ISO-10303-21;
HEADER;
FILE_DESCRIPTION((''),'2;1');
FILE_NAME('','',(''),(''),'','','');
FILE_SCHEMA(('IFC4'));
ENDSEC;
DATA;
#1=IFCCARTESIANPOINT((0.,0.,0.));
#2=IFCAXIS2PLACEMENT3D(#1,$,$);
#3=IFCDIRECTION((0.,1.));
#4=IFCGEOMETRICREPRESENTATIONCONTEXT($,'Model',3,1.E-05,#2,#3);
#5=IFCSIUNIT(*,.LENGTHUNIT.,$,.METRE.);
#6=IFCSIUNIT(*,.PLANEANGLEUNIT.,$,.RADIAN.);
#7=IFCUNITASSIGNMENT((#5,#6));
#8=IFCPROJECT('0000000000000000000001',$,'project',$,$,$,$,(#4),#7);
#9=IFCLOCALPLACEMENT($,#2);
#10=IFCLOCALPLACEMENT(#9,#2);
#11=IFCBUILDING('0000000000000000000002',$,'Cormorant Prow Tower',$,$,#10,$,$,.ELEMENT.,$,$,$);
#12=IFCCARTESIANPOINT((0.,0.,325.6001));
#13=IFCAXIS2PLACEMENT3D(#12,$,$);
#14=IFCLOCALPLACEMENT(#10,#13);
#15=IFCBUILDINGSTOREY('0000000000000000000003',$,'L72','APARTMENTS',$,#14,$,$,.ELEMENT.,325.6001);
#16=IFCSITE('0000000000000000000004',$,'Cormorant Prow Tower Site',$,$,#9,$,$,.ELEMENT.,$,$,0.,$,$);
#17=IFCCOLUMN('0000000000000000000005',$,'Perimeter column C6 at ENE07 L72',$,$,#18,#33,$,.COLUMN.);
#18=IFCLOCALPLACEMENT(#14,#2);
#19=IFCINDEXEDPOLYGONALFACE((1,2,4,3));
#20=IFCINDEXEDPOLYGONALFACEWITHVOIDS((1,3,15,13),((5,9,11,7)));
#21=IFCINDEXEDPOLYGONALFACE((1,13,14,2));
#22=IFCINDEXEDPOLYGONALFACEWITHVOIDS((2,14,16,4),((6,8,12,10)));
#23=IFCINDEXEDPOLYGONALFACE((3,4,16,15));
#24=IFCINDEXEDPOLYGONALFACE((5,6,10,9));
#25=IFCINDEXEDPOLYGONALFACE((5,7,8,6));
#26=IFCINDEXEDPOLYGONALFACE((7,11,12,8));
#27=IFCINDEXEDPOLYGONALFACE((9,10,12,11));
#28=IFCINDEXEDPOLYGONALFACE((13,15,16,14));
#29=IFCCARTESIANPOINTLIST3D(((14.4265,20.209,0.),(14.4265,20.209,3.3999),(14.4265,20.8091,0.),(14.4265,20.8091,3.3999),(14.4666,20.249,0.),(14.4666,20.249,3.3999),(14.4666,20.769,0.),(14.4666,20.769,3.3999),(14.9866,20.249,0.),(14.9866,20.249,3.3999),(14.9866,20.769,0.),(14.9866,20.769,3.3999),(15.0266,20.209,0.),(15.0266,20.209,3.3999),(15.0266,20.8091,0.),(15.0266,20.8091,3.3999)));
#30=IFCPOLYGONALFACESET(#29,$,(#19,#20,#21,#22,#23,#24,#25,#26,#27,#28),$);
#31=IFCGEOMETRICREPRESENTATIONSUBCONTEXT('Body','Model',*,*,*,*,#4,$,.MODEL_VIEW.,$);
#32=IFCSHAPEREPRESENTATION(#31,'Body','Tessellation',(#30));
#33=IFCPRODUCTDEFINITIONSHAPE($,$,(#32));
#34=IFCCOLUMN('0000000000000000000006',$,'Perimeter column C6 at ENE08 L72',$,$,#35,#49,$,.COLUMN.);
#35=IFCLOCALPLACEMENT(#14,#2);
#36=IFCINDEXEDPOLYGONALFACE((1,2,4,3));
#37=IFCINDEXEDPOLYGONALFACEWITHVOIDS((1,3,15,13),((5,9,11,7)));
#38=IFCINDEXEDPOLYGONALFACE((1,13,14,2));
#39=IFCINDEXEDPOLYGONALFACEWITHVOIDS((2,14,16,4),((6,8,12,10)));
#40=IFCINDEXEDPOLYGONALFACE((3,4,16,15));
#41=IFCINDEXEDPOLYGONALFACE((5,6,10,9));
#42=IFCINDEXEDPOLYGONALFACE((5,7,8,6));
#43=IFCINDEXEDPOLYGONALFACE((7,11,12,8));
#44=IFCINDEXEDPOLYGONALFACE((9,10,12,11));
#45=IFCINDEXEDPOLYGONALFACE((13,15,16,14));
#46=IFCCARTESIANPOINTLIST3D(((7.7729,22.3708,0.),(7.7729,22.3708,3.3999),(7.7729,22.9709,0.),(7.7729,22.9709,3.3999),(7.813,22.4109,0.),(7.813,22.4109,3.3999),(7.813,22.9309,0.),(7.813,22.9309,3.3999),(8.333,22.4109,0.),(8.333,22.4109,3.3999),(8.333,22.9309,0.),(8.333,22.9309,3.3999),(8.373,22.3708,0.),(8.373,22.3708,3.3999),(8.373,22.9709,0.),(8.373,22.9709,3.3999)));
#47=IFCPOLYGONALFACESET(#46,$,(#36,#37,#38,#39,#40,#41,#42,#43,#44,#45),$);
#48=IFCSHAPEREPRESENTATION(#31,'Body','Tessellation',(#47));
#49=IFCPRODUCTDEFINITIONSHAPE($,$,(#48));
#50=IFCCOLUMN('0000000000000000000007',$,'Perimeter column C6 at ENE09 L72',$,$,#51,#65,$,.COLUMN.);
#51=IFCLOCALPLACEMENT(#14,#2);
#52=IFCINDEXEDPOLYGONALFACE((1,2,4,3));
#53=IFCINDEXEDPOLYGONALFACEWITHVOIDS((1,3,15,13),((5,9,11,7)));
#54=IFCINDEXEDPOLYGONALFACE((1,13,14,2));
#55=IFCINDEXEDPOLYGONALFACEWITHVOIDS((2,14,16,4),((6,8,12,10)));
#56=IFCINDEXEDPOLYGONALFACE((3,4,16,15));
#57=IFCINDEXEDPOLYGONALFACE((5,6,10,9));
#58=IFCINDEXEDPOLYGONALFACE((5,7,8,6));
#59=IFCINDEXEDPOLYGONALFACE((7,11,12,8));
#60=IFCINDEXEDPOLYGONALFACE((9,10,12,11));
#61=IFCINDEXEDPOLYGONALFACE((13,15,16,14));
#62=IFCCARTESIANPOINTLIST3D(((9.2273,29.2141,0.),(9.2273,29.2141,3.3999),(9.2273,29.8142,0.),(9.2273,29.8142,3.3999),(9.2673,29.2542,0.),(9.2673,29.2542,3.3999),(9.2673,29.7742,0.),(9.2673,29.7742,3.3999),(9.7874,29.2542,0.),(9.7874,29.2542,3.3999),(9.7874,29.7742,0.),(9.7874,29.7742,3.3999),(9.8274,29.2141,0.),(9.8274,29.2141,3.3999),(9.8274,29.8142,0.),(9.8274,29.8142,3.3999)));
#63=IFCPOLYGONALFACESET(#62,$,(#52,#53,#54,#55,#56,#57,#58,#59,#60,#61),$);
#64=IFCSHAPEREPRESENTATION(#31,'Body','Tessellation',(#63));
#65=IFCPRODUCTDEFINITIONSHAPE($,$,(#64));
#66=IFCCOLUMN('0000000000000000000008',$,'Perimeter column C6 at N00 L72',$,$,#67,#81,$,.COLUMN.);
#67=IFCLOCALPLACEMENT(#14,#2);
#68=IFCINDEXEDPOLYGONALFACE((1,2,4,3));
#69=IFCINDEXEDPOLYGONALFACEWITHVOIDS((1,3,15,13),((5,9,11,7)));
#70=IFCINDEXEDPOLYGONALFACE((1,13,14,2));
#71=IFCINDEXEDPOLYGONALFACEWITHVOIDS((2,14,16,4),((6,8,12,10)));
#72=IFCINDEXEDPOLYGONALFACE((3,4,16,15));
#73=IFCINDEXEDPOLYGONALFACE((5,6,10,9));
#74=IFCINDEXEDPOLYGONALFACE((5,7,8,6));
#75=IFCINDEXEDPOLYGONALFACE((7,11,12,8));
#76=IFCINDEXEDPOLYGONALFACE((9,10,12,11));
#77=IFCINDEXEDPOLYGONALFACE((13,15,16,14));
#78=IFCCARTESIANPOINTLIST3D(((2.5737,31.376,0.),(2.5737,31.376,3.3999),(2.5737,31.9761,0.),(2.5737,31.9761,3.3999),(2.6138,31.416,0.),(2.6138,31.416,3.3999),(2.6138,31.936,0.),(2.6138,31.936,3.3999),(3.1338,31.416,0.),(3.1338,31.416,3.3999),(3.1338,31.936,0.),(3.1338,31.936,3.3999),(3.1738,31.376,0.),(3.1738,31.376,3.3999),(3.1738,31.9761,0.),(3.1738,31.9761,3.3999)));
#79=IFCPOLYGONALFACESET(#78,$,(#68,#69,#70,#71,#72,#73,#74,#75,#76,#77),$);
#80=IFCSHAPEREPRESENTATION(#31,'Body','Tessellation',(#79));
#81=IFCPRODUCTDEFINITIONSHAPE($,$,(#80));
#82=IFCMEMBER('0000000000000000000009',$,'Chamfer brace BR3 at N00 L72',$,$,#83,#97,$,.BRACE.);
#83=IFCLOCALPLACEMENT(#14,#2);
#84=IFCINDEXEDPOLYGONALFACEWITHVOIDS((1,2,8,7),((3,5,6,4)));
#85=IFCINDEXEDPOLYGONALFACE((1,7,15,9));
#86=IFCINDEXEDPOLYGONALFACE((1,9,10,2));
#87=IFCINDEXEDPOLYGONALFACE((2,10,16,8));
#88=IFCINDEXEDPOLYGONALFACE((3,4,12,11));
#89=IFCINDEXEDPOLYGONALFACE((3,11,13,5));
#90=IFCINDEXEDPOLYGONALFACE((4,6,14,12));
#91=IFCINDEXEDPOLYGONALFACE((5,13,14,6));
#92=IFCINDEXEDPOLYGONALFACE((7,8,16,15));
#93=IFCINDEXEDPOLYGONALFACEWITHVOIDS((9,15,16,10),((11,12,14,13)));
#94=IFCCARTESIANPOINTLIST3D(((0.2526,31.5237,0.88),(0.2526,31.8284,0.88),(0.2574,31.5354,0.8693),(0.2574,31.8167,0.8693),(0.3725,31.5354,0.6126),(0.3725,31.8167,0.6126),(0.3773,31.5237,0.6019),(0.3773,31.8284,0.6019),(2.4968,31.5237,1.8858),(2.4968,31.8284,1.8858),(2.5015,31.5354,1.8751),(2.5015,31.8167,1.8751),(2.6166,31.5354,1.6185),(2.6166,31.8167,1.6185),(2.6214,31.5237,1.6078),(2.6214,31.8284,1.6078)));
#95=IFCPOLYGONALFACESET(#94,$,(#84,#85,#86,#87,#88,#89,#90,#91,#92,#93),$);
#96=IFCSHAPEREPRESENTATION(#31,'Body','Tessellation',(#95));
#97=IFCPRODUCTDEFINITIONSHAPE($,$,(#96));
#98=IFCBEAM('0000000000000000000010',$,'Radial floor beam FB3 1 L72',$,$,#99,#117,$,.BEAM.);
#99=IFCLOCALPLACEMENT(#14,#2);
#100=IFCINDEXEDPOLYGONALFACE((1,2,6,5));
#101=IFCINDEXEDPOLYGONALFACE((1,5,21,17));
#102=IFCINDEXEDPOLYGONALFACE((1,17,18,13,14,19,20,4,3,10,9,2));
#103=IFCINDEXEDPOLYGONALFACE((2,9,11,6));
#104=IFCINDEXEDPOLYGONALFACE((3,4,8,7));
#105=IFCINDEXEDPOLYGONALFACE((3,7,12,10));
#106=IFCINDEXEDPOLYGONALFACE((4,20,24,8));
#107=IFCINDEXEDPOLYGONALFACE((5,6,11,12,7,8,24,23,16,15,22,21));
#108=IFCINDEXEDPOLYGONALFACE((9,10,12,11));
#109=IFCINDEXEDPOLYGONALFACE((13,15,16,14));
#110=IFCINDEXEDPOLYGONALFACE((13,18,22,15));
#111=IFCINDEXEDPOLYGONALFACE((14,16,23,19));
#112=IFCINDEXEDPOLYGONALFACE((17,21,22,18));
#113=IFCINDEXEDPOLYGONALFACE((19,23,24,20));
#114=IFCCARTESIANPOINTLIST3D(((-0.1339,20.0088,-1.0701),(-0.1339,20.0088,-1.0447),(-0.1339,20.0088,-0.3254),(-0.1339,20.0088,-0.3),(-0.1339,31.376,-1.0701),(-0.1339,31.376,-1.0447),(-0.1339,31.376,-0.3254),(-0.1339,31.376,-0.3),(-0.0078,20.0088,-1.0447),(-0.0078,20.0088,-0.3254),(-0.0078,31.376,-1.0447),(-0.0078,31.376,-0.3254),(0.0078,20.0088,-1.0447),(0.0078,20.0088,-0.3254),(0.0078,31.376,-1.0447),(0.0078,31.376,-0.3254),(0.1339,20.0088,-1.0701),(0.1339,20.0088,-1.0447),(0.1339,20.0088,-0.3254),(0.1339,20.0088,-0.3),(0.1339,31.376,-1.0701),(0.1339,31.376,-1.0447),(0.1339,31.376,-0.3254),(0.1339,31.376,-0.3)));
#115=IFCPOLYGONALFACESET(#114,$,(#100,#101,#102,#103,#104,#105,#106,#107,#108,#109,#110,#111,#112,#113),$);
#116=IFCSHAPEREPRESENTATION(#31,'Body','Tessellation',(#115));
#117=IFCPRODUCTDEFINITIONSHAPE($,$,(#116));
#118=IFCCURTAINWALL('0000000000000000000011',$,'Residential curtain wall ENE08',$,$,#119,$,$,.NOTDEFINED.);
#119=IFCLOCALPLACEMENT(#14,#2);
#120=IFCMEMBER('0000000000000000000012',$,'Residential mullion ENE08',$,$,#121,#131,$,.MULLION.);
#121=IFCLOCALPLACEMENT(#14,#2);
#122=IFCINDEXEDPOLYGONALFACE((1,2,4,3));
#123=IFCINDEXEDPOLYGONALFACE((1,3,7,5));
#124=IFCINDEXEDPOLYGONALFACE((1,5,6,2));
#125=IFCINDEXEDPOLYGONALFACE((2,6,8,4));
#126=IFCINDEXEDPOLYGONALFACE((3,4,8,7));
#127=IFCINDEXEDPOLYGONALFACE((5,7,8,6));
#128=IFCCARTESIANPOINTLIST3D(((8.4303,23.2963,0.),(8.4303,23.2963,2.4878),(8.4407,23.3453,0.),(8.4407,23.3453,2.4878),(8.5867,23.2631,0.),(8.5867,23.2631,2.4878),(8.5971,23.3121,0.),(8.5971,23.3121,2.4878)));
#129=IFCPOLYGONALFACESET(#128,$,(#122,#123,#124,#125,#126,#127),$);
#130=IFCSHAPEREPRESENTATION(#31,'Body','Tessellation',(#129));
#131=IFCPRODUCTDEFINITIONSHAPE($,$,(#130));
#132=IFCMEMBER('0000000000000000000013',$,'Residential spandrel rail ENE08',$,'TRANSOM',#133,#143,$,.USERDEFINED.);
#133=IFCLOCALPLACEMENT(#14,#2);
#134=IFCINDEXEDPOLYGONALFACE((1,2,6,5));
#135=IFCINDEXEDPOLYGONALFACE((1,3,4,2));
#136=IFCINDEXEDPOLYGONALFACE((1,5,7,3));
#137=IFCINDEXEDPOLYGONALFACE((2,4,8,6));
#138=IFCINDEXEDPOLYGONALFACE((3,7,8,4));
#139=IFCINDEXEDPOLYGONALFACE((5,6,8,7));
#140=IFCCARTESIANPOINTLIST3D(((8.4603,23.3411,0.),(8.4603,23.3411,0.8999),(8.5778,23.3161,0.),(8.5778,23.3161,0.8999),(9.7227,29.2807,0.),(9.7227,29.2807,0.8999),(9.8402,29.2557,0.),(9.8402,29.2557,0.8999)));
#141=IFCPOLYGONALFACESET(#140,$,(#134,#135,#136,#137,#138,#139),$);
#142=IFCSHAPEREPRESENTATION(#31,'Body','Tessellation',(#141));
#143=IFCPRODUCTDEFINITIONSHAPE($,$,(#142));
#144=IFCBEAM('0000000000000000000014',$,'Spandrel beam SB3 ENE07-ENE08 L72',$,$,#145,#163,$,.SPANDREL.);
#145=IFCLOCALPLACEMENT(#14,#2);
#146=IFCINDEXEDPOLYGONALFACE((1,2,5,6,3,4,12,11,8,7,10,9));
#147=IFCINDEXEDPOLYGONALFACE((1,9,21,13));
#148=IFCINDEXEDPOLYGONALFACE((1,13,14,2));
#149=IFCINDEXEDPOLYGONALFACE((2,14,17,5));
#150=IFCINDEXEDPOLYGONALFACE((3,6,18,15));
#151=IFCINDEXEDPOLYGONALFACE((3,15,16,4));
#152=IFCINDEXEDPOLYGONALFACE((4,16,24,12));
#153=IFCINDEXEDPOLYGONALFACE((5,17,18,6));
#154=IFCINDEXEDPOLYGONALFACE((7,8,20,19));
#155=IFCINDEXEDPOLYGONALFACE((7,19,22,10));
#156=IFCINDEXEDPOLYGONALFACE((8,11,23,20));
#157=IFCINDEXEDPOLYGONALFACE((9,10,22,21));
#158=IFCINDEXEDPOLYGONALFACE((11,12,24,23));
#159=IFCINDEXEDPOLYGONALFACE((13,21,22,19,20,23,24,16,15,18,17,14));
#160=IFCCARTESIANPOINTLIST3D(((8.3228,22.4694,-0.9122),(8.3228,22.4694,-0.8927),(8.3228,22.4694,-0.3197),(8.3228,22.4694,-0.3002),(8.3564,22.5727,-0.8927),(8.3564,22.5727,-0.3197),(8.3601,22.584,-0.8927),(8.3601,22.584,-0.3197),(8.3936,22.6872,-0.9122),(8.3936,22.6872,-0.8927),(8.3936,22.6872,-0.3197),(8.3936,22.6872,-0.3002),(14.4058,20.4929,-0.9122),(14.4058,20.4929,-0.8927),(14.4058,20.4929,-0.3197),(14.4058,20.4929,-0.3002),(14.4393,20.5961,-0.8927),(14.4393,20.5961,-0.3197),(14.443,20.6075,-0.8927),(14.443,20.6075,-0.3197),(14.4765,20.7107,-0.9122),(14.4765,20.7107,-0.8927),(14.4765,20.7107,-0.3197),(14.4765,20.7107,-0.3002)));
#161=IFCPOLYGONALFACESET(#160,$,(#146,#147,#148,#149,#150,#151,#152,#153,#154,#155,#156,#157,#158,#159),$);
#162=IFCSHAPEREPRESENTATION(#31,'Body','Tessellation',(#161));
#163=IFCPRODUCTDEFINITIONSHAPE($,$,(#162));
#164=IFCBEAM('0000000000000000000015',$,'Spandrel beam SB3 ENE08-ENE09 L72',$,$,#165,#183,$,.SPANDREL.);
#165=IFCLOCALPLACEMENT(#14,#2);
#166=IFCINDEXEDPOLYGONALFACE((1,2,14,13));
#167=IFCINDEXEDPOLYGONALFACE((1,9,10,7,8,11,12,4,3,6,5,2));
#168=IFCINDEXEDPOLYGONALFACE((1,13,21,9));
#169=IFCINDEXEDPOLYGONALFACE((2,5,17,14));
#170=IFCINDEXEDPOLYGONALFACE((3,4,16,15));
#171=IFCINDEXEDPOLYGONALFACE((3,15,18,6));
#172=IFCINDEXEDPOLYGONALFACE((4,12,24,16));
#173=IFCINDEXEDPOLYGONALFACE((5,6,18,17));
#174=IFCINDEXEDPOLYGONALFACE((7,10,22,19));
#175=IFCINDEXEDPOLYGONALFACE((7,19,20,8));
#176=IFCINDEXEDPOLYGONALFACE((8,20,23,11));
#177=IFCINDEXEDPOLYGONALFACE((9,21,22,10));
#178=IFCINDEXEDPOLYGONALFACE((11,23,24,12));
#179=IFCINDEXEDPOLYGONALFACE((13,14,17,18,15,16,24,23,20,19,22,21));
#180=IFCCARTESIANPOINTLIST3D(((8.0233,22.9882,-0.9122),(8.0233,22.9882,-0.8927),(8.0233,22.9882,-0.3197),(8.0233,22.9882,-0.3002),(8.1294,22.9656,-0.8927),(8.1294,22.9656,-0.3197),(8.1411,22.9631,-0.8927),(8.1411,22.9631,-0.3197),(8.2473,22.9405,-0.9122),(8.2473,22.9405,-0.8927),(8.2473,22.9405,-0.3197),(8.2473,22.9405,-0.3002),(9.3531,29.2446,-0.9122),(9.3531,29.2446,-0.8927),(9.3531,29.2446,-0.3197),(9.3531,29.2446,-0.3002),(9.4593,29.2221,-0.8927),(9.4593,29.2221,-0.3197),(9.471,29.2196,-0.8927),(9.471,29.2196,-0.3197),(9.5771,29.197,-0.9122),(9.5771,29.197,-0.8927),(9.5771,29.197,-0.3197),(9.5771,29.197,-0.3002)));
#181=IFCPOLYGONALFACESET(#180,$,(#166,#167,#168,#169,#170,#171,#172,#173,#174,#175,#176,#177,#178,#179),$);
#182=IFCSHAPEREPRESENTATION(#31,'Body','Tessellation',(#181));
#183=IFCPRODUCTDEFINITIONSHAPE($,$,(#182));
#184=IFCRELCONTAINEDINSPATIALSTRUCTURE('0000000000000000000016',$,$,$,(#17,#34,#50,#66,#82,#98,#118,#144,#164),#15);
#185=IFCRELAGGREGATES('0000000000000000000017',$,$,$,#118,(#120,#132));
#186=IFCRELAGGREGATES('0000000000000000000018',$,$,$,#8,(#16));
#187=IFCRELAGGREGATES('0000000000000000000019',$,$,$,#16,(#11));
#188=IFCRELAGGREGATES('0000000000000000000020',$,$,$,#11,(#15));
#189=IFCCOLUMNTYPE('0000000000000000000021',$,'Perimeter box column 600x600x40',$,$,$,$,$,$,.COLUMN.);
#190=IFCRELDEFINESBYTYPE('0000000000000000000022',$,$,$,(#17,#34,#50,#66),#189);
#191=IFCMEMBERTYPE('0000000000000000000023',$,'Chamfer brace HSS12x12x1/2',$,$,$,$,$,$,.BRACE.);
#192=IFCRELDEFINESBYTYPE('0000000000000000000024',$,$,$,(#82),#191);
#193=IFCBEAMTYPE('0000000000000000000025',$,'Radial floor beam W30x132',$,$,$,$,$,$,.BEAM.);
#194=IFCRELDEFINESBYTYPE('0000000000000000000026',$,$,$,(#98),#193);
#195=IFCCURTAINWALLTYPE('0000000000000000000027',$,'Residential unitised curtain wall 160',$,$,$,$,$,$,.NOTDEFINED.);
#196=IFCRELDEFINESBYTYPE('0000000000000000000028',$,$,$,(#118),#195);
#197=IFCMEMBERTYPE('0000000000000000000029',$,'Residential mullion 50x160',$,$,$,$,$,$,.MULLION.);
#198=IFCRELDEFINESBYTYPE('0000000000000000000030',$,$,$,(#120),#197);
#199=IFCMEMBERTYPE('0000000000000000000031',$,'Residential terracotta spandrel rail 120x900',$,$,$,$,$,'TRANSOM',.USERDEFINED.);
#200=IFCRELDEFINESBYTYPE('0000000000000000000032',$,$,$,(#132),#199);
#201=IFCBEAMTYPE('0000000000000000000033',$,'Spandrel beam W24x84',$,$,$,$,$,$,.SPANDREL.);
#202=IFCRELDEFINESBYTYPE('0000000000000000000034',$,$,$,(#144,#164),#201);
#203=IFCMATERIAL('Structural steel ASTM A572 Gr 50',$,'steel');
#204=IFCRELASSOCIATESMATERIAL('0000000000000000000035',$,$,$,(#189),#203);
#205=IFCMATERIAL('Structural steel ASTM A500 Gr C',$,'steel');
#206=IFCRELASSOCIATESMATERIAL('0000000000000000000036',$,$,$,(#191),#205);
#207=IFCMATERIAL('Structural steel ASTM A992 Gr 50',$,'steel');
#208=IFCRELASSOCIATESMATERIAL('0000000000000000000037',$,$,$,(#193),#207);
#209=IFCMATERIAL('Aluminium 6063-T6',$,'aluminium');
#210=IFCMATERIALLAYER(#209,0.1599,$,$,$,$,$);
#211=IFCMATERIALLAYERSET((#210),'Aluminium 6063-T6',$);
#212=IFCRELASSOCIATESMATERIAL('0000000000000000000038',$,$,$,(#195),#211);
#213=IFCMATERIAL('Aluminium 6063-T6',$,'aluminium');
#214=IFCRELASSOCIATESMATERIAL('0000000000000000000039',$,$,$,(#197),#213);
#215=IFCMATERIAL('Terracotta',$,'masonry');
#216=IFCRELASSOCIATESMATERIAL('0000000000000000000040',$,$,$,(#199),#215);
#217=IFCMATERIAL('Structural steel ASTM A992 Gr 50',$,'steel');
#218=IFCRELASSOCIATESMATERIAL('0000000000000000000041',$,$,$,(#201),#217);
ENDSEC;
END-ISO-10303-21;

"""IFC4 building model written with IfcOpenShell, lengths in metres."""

from ifc_helpers import new_model, si_unit, direction, frame, origin, origin_2d, place, context, subcontext, project, spatial, rectangle, hollow_rectangle, i_section, extrude, material, layer, layer_set, material_profile, profile_set, type_object, element, aggregate, save


model = new_model("IFC4")

# Units and contexts
model_context = context("Model", 3, precision=1e-05, world=origin(), true_north=direction((0.0, 1.0)))
body_context = subcontext(model_context, "Body", "Model", "MODEL_VIEW")
ifc_project = project(units=[si_unit("LENGTHUNIT", "METRE"), si_unit("PLANEANGLEUNIT", "RADIAN")], contexts=[model_context])

# Site, building, storey
site_placement = place(None, origin())
site = spatial("IfcSite", under=ifc_project, at=site_placement, Name="Cormorant Prow Tower Site", CompositionType="ELEMENT", RefElevation=0.0)
building_placement = place(site_placement, origin())
building = spatial("IfcBuilding", under=site, at=building_placement, Name="Cormorant Prow Tower", CompositionType="ELEMENT")
storey_placement = place(building_placement, frame((0.0, 0.0, 325.6001)))
storey = spatial("IfcBuildingStorey", under=building, at=storey_placement, Name="L72", Description="APARTMENTS", CompositionType="ELEMENT", Elevation=325.6001)

# Columns
ifc_material_1 = material(Name="Structural steel ASTM A572 Gr 50", Category="steel")
ifc_material_profile_1 = material_profile(ifc_material_1, hollow_rectangle(XDim=0.6001, YDim=0.6001, WallThickness=0.04, at=origin_2d()), Name="Box 600x600x40")
ifc_profile_set_1 = profile_set([ifc_material_profile_1], Name="Structural steel ASTM A572 Gr 50")
column_type = type_object("IfcColumnType", Name="Perimeter box column 600x600x40", PredefinedType="COLUMN", material=ifc_profile_set_1)
for number, where, z_axis, x_axis, name in (
    (1, (14.7266, 20.509, 0.0), (0.0, 0.0, 1.0), (1.0, 0.0, 0.0), "Perimeter column C6 at ENE07 L72"),
    (2, (8.073, 22.6709, 0.0), (0.0, 0.0, 1.0), (1.0, 0.0, 0.0), "Perimeter column C6 at ENE08 L72"),
    (3, (9.5273, 29.5142, 0.0), (0.0, 0.0, 1.0), (1.0, 0.0, 0.0), "Perimeter column C6 at ENE09 L72"),
    (4, (2.8738, 31.676, 0.0), (0.0, 0.0, 1.0), (1.0, 0.0, 0.0), "Perimeter column C6 at N00 L72"),
):
    element("IfcColumn", number, at=place(storey_placement, frame(where, z_axis=z_axis, x_axis=x_axis)), inside=storey, type_object=column_type, Name=name, PredefinedType="COLUMN", context=body_context, shape_type="SweptSolid", body=[
        extrude(hollow_rectangle(XDim=0.6001, YDim=0.6001, WallThickness=0.04, at=origin_2d()), origin(), (0.0, 0.0, 1.0), 3.3999),
    ])

# Member
ifc_material_2 = material(Name="Structural steel ASTM A500 Gr C", Category="steel")
ifc_material_profile_2 = material_profile(ifc_material_2, hollow_rectangle(XDim=0.3047, YDim=0.3047, WallThickness=0.0117, at=origin_2d()), Name="HSS12x12x1/2")
ifc_profile_set_2 = profile_set([ifc_material_profile_2], Name="Structural steel ASTM A500 Gr C")
member_type_1 = type_object("IfcMemberType", Name="Chamfer brace HSS12x12x1/2", PredefinedType="BRACE", material=ifc_profile_set_2)
member_1_placement = place(storey_placement, frame((0.3149, 31.676, 0.741), z_axis=(0.91253, 0.0, 0.40901), x_axis=(0.0, 1.0, 0.0)))
element("IfcMember", 5, at=member_1_placement, inside=storey, type_object=member_type_1, Name="Chamfer brace BR3 at N00 L72", PredefinedType="BRACE", context=body_context, shape_type="SweptSolid", body=[
    extrude(hollow_rectangle(XDim=0.3047, YDim=0.3047, WallThickness=0.0117, at=origin_2d()), origin(), (0.0, 0.0, 1.0), 2.4592),
])

# Beam
ifc_material_3 = material(Name="Structural steel ASTM A992 Gr 50", Category="steel")
ifc_material_profile_3 = material_profile(ifc_material_3, i_section(OverallWidth=0.2678, OverallDepth=0.77, WebThickness=0.0156, FlangeThickness=0.0254, at=origin_2d()), Name="W30x132")
ifc_profile_set_3 = profile_set([ifc_material_profile_3], Name="Structural steel ASTM A992 Gr 50")
beam_type_1 = type_object("IfcBeamType", Name="Radial floor beam W30x132", PredefinedType="BEAM", material=ifc_profile_set_3)
beam_1_placement = place(storey_placement, frame((0.0, 20.0088, -0.6851), z_axis=(0.0, 1.0, 0.0), x_axis=(-1.0, 0.0, 0.0)))
element("IfcBeam", 6, at=beam_1_placement, inside=storey, type_object=beam_type_1, Name="Radial floor beam FB3 1 L72", PredefinedType="BEAM", context=body_context, shape_type="SweptSolid", body=[
    extrude(i_section(OverallWidth=0.2678, OverallDepth=0.77, WebThickness=0.0156, FlangeThickness=0.0254, at=origin_2d()), origin(), (0.0, 0.0, 1.0), 11.3672),
])

# Curtain wall, members
ifc_material_4 = material(Name="Aluminium 6063-T6", Category="aluminium")
ifc_layer_1 = layer(ifc_material_4, 0.1599)
ifc_layer_set_1 = layer_set([ifc_layer_1], Name="Aluminium 6063-T6")
curtain_wall_type = type_object("IfcCurtainWallType", Name="Residential unitised curtain wall 160", PredefinedType="NOTDEFINED", material=ifc_layer_set_1)
curtain_wall_placement = place(storey_placement, origin())
curtain_wall = element("IfcCurtainWall", 7, at=curtain_wall_placement, inside=storey, type_object=curtain_wall_type, Name="Residential curtain wall ENE08", PredefinedType="NOTDEFINED")
ifc_material_5 = material(Name="Aluminium 6063-T6", Category="aluminium")
ifc_material_profile_4 = material_profile(ifc_material_5, rectangle(XDim=0.1599, YDim=0.05, at=origin_2d()), Name="Residential mullion 50x160")
ifc_profile_set_4 = profile_set([ifc_material_profile_4], Name="Aluminium 6063-T6")
member_type_2 = type_object("IfcMemberType", Name="Residential mullion 50x160", PredefinedType="MULLION", material=ifc_profile_set_4)
member_2_placement = place(storey_placement, frame((8.5137, 23.3042, 0.0), z_axis=(0.0, 0.0, 1.0), x_axis=(-0.978148, 0.207912, 0.0)))
member_2 = element("IfcMember", 8, at=member_2_placement, type_object=member_type_2, Name="Residential mullion ENE08", PredefinedType="MULLION", context=body_context, shape_type="SweptSolid", body=[
    extrude(rectangle(XDim=0.1599, YDim=0.05, at=origin_2d()), origin(), (0.0, 0.0, 1.0), 2.4878),
])
ifc_material_6 = material(Name="Terracotta", Category="masonry")
ifc_material_profile_5 = material_profile(ifc_material_6, rectangle(XDim=0.1201, YDim=0.8999, at=origin_2d()), Name="Residential terracotta spandrel rail 120x900")
ifc_profile_set_5 = profile_set([ifc_material_profile_5], Name="Terracotta")
member_type_3 = type_object("IfcMemberType", Name="Residential terracotta spandrel rail 120x900", ElementType="TRANSOM", PredefinedType="USERDEFINED", material=ifc_profile_set_5)
member_3_placement = place(storey_placement, frame((8.519, 23.3286, 0.45), z_axis=(0.207901, 0.97815, 0.0), x_axis=(-0.97815, 0.207901, 0.0)))
member_3 = element("IfcMember", 9, at=member_3_placement, type_object=member_type_3, Name="Residential spandrel rail ENE08", ObjectType="TRANSOM", PredefinedType="USERDEFINED", context=body_context, shape_type="SweptSolid", body=[
    extrude(rectangle(XDim=0.1201, YDim=0.8999, at=origin_2d()), origin(), (0.0, 0.0, 1.0), 6.0723),
])

# Beams
ifc_material_7 = material(Name="Structural steel ASTM A992 Gr 50", Category="steel")
ifc_material_profile_6 = material_profile(ifc_material_7, i_section(OverallWidth=0.229, OverallDepth=0.6121, WebThickness=0.012, FlangeThickness=0.0195, at=origin_2d()), Name="W24x84")
ifc_profile_set_6 = profile_set([ifc_material_profile_6], Name="Structural steel ASTM A992 Gr 50")
beam_type_2 = type_object("IfcBeamType", Name="Spandrel beam W24x84", PredefinedType="SPANDREL", material=ifc_profile_set_6)
beam_2_placement = place(storey_placement, frame((14.4412, 20.6018, -0.6062), z_axis=(-0.951053, 0.309027, 0.0), x_axis=(-0.309027, -0.951053, 0.0)))
element("IfcBeam", 10, at=beam_2_placement, inside=storey, type_object=beam_type_2, Name="Spandrel beam SB3 ENE07-ENE08 L72", PredefinedType="SPANDREL", context=body_context, shape_type="SweptSolid", body=[
    extrude(i_section(OverallWidth=0.229, OverallDepth=0.6121, WebThickness=0.012, FlangeThickness=0.0195, at=origin_2d()), origin(), (0.0, 0.0, 1.0), 6.396),
])
beam_3_placement = place(storey_placement, frame((8.1353, 22.9644, -0.6062), z_axis=(0.207913, 0.978147, 0.0), x_axis=(-0.978147, 0.207913, 0.0)))
element("IfcBeam", 11, at=beam_3_placement, inside=storey, type_object=beam_type_2, Name="Spandrel beam SB3 ENE08-ENE09 L72", PredefinedType="SPANDREL", context=body_context, shape_type="SweptSolid", body=[
    extrude(i_section(OverallWidth=0.229, OverallDepth=0.6121, WebThickness=0.012, FlangeThickness=0.0195, at=origin_2d()), origin(), (0.0, 0.0, 1.0), 6.3962),
])

aggregate(curtain_wall, [member_2, member_3])

save(model, "model.ifc")
